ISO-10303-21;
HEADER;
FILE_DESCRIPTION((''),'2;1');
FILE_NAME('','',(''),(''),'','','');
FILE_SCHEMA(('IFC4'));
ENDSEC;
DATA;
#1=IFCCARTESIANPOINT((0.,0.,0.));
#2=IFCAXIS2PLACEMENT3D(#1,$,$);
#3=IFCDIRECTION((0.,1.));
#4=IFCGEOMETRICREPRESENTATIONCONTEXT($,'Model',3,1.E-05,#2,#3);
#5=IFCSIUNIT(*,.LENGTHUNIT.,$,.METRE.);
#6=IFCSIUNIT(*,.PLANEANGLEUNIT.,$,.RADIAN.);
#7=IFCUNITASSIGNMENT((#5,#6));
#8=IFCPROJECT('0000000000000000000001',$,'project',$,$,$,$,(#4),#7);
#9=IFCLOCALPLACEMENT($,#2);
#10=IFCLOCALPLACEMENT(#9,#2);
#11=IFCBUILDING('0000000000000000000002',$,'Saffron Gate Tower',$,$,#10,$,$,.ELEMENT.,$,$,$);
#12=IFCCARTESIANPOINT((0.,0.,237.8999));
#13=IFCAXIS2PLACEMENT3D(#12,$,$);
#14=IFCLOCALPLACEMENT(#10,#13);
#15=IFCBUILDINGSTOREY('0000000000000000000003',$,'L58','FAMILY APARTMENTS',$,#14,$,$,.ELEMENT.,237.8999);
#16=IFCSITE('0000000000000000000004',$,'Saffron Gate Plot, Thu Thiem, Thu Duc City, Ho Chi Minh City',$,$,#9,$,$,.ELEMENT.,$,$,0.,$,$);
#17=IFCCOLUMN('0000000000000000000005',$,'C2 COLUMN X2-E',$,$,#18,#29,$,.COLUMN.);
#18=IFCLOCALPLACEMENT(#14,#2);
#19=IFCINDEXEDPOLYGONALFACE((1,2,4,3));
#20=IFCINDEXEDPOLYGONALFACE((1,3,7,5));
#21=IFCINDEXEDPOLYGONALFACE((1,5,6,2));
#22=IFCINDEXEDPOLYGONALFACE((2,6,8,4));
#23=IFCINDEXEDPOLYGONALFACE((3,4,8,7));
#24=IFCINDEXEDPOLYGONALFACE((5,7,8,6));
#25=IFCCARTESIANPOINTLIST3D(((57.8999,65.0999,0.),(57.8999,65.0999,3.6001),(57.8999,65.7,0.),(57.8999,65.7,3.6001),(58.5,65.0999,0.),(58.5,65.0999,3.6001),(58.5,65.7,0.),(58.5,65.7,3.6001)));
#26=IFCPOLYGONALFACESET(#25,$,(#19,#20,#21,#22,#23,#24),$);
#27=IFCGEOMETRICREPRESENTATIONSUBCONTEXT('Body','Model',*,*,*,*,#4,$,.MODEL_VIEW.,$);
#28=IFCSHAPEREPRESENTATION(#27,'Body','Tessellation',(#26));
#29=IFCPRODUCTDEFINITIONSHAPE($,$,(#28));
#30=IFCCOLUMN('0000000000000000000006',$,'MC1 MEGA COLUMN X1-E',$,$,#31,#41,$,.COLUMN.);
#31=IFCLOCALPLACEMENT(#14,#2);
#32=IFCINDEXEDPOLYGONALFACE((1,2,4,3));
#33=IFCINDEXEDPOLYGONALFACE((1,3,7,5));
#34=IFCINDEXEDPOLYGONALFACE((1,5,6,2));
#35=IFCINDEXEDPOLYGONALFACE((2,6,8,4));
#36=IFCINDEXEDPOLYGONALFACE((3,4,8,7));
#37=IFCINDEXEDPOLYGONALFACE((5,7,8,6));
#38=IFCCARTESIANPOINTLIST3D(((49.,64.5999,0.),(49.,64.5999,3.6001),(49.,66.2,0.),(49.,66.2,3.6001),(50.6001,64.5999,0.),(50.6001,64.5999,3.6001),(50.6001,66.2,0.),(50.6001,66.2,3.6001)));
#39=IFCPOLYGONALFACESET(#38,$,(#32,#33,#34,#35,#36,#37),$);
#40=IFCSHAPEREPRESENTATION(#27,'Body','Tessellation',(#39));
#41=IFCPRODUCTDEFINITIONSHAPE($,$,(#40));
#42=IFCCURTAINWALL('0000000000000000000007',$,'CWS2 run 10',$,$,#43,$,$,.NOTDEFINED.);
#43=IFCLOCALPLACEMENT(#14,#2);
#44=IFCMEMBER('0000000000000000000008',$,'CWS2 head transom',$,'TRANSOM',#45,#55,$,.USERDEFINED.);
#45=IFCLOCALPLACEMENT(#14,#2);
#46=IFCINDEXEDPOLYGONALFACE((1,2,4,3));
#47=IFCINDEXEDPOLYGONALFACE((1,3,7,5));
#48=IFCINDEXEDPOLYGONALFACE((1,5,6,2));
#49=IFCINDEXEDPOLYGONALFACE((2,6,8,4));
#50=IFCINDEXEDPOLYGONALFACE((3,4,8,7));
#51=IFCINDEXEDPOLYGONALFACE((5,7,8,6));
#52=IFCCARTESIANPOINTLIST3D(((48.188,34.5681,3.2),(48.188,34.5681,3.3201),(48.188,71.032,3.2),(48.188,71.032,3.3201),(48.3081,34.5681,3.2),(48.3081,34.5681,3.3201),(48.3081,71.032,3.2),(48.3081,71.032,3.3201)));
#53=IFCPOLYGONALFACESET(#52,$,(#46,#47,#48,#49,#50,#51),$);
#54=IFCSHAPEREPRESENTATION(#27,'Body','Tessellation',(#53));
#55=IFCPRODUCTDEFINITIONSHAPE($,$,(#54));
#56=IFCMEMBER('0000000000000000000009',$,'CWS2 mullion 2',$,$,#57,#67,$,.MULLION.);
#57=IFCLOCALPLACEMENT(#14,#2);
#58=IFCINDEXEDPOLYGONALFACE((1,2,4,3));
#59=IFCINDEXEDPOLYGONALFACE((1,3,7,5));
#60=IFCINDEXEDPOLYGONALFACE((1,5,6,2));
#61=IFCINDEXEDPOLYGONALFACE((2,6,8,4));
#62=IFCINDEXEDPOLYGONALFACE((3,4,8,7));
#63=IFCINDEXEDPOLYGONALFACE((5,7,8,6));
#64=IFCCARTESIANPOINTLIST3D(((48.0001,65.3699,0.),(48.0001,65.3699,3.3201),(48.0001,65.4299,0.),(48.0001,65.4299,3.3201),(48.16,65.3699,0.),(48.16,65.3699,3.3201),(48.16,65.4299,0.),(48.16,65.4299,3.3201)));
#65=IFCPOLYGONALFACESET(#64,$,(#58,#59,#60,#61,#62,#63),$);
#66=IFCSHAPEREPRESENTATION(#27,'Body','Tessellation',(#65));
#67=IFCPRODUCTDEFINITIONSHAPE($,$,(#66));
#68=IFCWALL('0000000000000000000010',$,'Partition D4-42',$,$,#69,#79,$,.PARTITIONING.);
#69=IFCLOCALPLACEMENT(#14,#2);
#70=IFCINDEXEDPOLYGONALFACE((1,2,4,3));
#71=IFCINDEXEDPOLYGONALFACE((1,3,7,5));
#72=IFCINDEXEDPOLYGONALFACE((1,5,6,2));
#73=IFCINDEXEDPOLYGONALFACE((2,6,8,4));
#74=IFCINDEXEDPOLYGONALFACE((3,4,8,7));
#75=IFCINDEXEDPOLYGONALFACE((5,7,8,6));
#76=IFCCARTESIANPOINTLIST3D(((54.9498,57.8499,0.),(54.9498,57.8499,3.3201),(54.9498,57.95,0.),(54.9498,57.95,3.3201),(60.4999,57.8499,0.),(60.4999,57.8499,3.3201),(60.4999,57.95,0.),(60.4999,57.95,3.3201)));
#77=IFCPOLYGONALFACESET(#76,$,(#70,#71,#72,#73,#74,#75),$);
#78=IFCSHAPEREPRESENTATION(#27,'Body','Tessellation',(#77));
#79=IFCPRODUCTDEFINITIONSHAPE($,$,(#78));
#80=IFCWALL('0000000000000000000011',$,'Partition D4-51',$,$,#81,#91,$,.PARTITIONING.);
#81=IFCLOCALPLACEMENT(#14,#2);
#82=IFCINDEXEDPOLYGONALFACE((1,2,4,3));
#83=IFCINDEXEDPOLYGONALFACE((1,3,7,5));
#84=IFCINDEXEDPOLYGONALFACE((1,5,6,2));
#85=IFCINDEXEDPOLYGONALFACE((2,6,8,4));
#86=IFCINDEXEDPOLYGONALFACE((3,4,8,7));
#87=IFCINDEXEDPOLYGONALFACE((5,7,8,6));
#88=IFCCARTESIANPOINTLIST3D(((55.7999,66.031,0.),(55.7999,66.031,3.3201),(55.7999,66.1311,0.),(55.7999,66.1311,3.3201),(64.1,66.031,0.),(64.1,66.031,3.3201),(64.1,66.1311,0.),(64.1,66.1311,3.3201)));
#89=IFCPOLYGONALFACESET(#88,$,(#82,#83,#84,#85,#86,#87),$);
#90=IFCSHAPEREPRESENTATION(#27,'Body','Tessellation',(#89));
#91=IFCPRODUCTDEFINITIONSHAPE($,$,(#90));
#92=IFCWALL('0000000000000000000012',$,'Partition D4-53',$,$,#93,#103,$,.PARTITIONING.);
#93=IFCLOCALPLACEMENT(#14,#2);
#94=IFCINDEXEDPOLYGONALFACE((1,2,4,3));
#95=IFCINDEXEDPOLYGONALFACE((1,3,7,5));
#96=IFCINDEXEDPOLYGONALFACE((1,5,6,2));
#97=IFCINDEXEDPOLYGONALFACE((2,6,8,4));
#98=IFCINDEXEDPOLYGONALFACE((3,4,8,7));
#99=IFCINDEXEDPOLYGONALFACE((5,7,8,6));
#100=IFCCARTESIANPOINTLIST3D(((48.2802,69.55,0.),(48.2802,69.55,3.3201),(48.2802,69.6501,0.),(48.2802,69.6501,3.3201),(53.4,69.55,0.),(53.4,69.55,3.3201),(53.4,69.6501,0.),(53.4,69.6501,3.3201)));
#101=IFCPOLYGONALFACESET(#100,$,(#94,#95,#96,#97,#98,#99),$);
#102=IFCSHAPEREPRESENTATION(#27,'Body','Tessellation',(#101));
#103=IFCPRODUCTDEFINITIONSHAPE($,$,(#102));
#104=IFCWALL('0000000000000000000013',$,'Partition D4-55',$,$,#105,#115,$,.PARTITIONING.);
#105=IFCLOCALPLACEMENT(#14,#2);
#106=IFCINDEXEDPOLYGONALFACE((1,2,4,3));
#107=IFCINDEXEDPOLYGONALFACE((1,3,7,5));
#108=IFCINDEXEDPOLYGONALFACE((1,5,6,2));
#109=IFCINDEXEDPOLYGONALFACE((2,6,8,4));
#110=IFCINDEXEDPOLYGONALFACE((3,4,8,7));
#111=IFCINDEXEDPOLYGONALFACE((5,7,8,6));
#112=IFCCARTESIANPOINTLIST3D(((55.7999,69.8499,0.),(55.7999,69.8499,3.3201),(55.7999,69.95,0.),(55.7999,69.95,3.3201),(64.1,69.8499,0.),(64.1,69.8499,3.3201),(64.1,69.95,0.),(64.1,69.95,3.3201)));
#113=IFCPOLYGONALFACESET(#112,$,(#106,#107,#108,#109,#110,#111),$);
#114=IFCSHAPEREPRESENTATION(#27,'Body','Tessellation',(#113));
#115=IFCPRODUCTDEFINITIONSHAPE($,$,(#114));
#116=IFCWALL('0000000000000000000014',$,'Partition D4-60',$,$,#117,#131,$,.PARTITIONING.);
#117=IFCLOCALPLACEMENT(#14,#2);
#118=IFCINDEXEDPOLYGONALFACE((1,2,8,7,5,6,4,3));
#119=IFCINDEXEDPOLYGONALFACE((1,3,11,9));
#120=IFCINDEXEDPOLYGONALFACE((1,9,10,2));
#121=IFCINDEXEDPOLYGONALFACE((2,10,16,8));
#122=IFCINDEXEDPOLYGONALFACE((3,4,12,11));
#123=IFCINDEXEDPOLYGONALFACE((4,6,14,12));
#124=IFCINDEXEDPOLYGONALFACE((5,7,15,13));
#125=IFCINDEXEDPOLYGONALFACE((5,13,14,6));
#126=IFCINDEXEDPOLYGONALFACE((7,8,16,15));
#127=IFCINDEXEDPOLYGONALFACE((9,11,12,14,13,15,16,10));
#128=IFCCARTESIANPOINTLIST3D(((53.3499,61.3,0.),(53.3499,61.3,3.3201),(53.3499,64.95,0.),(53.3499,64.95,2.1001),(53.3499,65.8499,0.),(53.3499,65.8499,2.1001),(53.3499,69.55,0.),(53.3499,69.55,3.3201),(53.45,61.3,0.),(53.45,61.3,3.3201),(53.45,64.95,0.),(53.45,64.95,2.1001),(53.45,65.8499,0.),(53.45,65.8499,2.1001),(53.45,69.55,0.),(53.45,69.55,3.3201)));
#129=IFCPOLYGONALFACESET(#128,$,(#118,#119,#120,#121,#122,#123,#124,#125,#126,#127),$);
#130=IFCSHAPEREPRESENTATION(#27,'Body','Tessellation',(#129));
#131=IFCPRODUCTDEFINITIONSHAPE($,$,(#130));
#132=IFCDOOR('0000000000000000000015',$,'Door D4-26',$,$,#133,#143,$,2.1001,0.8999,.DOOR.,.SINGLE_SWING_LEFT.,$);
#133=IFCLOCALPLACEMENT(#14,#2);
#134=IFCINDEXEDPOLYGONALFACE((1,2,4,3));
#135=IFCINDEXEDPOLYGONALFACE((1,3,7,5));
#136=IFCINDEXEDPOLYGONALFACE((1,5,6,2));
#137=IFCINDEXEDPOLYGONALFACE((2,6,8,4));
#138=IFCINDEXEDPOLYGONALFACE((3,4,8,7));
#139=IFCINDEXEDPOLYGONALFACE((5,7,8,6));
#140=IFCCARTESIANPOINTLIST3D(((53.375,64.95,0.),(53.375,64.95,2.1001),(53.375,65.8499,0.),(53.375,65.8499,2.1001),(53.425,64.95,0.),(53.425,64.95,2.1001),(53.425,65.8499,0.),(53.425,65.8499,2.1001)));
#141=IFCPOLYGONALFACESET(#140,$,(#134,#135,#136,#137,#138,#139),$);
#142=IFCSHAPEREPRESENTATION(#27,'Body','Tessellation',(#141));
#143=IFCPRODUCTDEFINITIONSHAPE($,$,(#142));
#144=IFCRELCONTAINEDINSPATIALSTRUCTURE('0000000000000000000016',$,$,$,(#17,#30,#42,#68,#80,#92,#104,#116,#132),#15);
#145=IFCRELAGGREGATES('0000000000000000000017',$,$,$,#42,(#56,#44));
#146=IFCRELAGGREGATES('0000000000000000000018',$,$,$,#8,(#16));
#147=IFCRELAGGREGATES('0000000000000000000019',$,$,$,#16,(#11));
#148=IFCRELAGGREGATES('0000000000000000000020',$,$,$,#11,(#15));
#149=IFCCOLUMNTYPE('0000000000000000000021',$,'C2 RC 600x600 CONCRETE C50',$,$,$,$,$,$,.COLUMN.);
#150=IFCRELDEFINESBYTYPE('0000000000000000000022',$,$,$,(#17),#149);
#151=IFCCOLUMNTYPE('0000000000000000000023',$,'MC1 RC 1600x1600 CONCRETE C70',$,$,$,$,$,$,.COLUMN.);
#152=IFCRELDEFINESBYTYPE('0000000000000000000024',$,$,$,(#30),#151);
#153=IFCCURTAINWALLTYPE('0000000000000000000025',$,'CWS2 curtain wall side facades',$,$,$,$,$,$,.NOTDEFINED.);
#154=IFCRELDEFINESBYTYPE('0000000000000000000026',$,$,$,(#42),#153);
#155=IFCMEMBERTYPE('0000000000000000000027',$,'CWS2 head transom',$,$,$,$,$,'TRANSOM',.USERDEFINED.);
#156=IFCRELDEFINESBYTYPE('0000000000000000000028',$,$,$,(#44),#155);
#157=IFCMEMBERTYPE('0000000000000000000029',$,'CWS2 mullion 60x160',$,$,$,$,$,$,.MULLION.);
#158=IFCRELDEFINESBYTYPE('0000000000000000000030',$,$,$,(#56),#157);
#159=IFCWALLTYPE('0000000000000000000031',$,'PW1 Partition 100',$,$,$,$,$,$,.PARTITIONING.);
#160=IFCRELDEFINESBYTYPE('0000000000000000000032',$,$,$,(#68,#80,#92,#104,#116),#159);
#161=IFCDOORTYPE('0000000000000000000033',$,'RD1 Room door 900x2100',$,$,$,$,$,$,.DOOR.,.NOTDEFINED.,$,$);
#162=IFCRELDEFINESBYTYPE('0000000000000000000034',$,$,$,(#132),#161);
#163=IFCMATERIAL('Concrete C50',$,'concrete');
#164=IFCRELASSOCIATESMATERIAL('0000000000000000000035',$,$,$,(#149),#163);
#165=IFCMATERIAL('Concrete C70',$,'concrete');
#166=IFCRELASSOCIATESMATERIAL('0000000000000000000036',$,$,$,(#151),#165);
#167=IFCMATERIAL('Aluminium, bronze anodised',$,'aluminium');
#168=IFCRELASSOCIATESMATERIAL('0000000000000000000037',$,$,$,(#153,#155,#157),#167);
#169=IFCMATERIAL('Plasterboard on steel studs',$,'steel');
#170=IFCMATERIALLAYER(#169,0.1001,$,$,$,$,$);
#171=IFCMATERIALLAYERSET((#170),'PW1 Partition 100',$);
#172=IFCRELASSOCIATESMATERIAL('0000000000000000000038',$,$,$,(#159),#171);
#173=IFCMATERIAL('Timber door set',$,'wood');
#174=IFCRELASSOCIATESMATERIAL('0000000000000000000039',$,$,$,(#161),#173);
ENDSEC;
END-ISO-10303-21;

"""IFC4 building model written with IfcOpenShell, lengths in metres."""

from ifc_helpers import new_model, si_unit, direction, frame, frame_2d, origin, origin_2d, place, context, subcontext, project, spatial, rectangle, extrude, material, layer, layer_set, material_profile, profile_set, type_object, element, fill, aggregate, save


model = new_model("IFC4")

# Units and contexts
model_context = context("Model", 3, precision=1e-05, world=origin(), true_north=direction((0.0, 1.0)))
body_context = subcontext(model_context, "Body", "Model", "MODEL_VIEW")
ifc_project = project(units=[si_unit("LENGTHUNIT", "METRE"), si_unit("PLANEANGLEUNIT", "RADIAN")], contexts=[model_context])

# Site, building, storey
site_placement = place(None, origin())
site = spatial("IfcSite", under=ifc_project, at=site_placement, Name="Saffron Gate Plot, Thu Thiem, Thu Duc City, Ho Chi Minh City", CompositionType="ELEMENT", RefElevation=0.0)
building_placement = place(site_placement, origin())
building = spatial("IfcBuilding", under=site, at=building_placement, Name="Saffron Gate Tower", CompositionType="ELEMENT")
storey_placement = place(building_placement, frame((0.0, 0.0, 237.8999)))
storey = spatial("IfcBuildingStorey", under=building, at=storey_placement, Name="L58", Description="FAMILY APARTMENTS", CompositionType="ELEMENT", Elevation=237.8999)

# Columns
ifc_material_1 = material(Name="Concrete C50", Category="concrete")
ifc_material_profile_1 = material_profile(ifc_material_1, rectangle(XDim=0.6001, YDim=0.6001, at=origin_2d()))
ifc_profile_set_1 = profile_set([ifc_material_profile_1], Name="Concrete C50")
column_type_1 = type_object("IfcColumnType", Name="C2 RC 600x600 CONCRETE C50", PredefinedType="COLUMN", material=ifc_profile_set_1)
column_1_placement = place(storey_placement, frame((58.2, 65.3999, 0.0), z_axis=(0.0, 0.0, 1.0), x_axis=(1.0, 0.0, 0.0)))
element("IfcColumn", 1, at=column_1_placement, inside=storey, type_object=column_type_1, Name="C2 COLUMN X2-E", PredefinedType="COLUMN", context=body_context, shape_type="SweptSolid", body=[
    extrude(rectangle(XDim=0.6001, YDim=0.6001, at=origin_2d()), origin(), (0.0, 0.0, 1.0), 3.6001),
])
ifc_material_2 = material(Name="Concrete C70", Category="concrete")
ifc_material_profile_2 = material_profile(ifc_material_2, rectangle(XDim=1.6001, YDim=1.6001, at=origin_2d()))
ifc_profile_set_2 = profile_set([ifc_material_profile_2], Name="Concrete C70")
column_type_2 = type_object("IfcColumnType", Name="MC1 RC 1600x1600 CONCRETE C70", PredefinedType="COLUMN", material=ifc_profile_set_2)
column_2_placement = place(storey_placement, frame((49.8, 65.3999, 0.0), z_axis=(0.0, 0.0, 1.0), x_axis=(1.0, 0.0, 0.0)))
element("IfcColumn", 2, at=column_2_placement, inside=storey, type_object=column_type_2, Name="MC1 MEGA COLUMN X1-E", PredefinedType="COLUMN", context=body_context, shape_type="SweptSolid", body=[
    extrude(rectangle(XDim=1.6001, YDim=1.6001, at=origin_2d()), origin(), (0.0, 0.0, 1.0), 3.6001),
])

# Curtain wall, members
ifc_material_3 = material(Name="Aluminium, bronze anodised", Category="aluminium")
curtain_wall_type = type_object("IfcCurtainWallType", Name="CWS2 curtain wall side facades", PredefinedType="NOTDEFINED", material=ifc_material_3)
curtain_wall_placement = place(storey_placement, origin())
curtain_wall = element("IfcCurtainWall", 3, at=curtain_wall_placement, inside=storey, type_object=curtain_wall_type, Name="CWS2 run 10", PredefinedType="NOTDEFINED")
ifc_material_profile_3 = material_profile(ifc_material_3, rectangle(XDim=0.1201, YDim=0.1201, at=origin_2d()))
ifc_profile_set_3 = profile_set([ifc_material_profile_3], Name="Aluminium, bronze anodised")
member_type_1 = type_object("IfcMemberType", Name="CWS2 head transom", ElementType="TRANSOM", PredefinedType="USERDEFINED", material=ifc_profile_set_3)
member_1_placement = place(storey_placement, frame((48.248, 71.032, 3.26), z_axis=(0.0, -1.0, 0.0), x_axis=(1.0, 0.0, 0.0)))
member_1 = element("IfcMember", 4, at=member_1_placement, type_object=member_type_1, Name="CWS2 head transom", ObjectType="TRANSOM", PredefinedType="USERDEFINED", context=body_context, shape_type="SweptSolid", body=[
    extrude(rectangle(XDim=0.1201, YDim=0.1201, at=origin_2d()), origin(), (0.0, 0.0, 1.0), 36.4639),
])
ifc_material_profile_4 = material_profile(ifc_material_3, rectangle(XDim=0.1599, YDim=0.0601, at=origin_2d()))
ifc_profile_set_4 = profile_set([ifc_material_profile_4], Name="Aluminium, bronze anodised")
member_type_2 = type_object("IfcMemberType", Name="CWS2 mullion 60x160", PredefinedType="MULLION", material=ifc_profile_set_4)
member_2_placement = place(storey_placement, frame((48.0801, 65.3999, 0.0), z_axis=(0.0, 0.0, 1.0), x_axis=(1.0, 0.0, 0.0)))
member_2 = element("IfcMember", 5, at=member_2_placement, type_object=member_type_2, Name="CWS2 mullion 2", PredefinedType="MULLION", context=body_context, shape_type="SweptSolid", body=[
    extrude(rectangle(XDim=0.1599, YDim=0.0601, at=origin_2d()), origin(), (0.0, 0.0, 1.0), 3.3201),
])
aggregate(curtain_wall, [member_2, member_1])

# Walls
ifc_material_4 = material(Name="Plasterboard on steel studs", Category="steel")
ifc_layer_1 = layer(ifc_material_4, 0.1001)
ifc_layer_set_1 = layer_set([ifc_layer_1], Name="PW1 Partition 100")
wall_type_1 = type_object("IfcWallType", Name="PW1 Partition 100", PredefinedType="PARTITIONING", material=ifc_layer_set_1)
wall_1_placement = place(storey_placement, frame((54.95, 57.8999, 0.0), z_axis=(0.0, 0.0, 1.0), x_axis=(1.0, 0.0, 0.0)))
element("IfcWall", 6, at=wall_1_placement, inside=storey, type_object=wall_type_1, Name="Partition D4-42", PredefinedType="PARTITIONING", context=body_context, shape_type="SweptSolid", body=[
    extrude(rectangle(XDim=5.55, YDim=0.1001, at=frame_2d((2.7749, 0.0))), origin(), (0.0, 0.0, 1.0), 3.3201),
])
wall_2_placement = place(storey_placement, frame((55.8, 66.0811, 0.0), z_axis=(0.0, 0.0, 1.0), x_axis=(1.0, 0.0, 0.0)))
element("IfcWall", 7, at=wall_2_placement, inside=storey, type_object=wall_type_1, Name="Partition D4-51", PredefinedType="PARTITIONING", context=body_context, shape_type="SweptSolid", body=[
    extrude(rectangle(XDim=8.3, YDim=0.1001, at=frame_2d((4.1499, 0.0))), origin(), (0.0, 0.0, 1.0), 3.3201),
])
wall_3_placement = place(storey_placement, frame((48.28, 69.6001, 0.0), z_axis=(0.0, 0.0, 1.0), x_axis=(1.0, 0.0, 0.0)))
element("IfcWall", 8, at=wall_3_placement, inside=storey, type_object=wall_type_1, Name="Partition D4-53", PredefinedType="PARTITIONING", context=body_context, shape_type="SweptSolid", body=[
    extrude(rectangle(XDim=5.1199, YDim=0.1001, at=frame_2d((2.5601, 0.0))), origin(), (0.0, 0.0, 1.0), 3.3201),
])
wall_4_placement = place(storey_placement, frame((55.8, 69.8999, 0.0), z_axis=(0.0, 0.0, 1.0), x_axis=(1.0, 0.0, 0.0)))
element("IfcWall", 9, at=wall_4_placement, inside=storey, type_object=wall_type_1, Name="Partition D4-55", PredefinedType="PARTITIONING", context=body_context, shape_type="SweptSolid", body=[
    extrude(rectangle(XDim=8.3, YDim=0.1001, at=frame_2d((4.1499, 0.0))), origin(), (0.0, 0.0, 1.0), 3.3201),
])

# Wall, opening, door
wall_5_placement = place(storey_placement, frame((53.3999, 61.3, 0.0), z_axis=(0.0, 0.0, 1.0), x_axis=(0.0, 1.0, 0.0)))
wall_5 = element("IfcWall", 10, at=wall_5_placement, inside=storey, type_object=wall_type_1, Name="Partition D4-60", PredefinedType="PARTITIONING", context=body_context, shape_type="SweptSolid", body=[
    extrude(rectangle(XDim=8.25, YDim=0.1001, at=frame_2d((4.125, 0.0))), origin(), (0.0, 0.0, 1.0), 3.3201),
])
opening_1_placement = place(wall_5_placement, frame((3.6499, 0.0, 0.0)))
opening_1 = element("IfcOpeningElement", 11, at=opening_1_placement, cuts=wall_5, PredefinedType="OPENING", context=body_context, shape_type="SweptSolid", body=[
    extrude(rectangle(XDim=0.8999, YDim=2.1001, at=frame_2d((0.45, 1.05))), frame((0.0, 0.0601, 0.0), z_axis=(0.0, -1.0, 0.0), x_axis=(1.0, 0.0, 0.0)), (0.0, 0.0, 1.0), 0.1201),
])
ifc_material_5 = material(Name="Timber door set", Category="wood")
door_type_1 = type_object("IfcDoorType", Name="RD1 Room door 900x2100", OperationType="NOTDEFINED", PredefinedType="DOOR", material=ifc_material_5)
door_1_placement = place(opening_1_placement, origin())
door_1 = element("IfcDoor", 12, at=door_1_placement, inside=storey, type_object=door_type_1, Name="Door D4-26", OperationType="SINGLE_SWING_LEFT", OverallHeight=2.1001, OverallWidth=0.8999, PredefinedType="DOOR", context=body_context, shape_type="SweptSolid", body=[
    extrude(rectangle(XDim=0.8999, YDim=2.1001, at=frame_2d((0.45, 1.05))), frame((0.0, 0.0249, 0.0), z_axis=(0.0, -1.0, 0.0), x_axis=(1.0, 0.0, 0.0)), (0.0, 0.0, 1.0), 0.05),
])
fill(opening_1, door_1)

save(model, "model.ifc")
